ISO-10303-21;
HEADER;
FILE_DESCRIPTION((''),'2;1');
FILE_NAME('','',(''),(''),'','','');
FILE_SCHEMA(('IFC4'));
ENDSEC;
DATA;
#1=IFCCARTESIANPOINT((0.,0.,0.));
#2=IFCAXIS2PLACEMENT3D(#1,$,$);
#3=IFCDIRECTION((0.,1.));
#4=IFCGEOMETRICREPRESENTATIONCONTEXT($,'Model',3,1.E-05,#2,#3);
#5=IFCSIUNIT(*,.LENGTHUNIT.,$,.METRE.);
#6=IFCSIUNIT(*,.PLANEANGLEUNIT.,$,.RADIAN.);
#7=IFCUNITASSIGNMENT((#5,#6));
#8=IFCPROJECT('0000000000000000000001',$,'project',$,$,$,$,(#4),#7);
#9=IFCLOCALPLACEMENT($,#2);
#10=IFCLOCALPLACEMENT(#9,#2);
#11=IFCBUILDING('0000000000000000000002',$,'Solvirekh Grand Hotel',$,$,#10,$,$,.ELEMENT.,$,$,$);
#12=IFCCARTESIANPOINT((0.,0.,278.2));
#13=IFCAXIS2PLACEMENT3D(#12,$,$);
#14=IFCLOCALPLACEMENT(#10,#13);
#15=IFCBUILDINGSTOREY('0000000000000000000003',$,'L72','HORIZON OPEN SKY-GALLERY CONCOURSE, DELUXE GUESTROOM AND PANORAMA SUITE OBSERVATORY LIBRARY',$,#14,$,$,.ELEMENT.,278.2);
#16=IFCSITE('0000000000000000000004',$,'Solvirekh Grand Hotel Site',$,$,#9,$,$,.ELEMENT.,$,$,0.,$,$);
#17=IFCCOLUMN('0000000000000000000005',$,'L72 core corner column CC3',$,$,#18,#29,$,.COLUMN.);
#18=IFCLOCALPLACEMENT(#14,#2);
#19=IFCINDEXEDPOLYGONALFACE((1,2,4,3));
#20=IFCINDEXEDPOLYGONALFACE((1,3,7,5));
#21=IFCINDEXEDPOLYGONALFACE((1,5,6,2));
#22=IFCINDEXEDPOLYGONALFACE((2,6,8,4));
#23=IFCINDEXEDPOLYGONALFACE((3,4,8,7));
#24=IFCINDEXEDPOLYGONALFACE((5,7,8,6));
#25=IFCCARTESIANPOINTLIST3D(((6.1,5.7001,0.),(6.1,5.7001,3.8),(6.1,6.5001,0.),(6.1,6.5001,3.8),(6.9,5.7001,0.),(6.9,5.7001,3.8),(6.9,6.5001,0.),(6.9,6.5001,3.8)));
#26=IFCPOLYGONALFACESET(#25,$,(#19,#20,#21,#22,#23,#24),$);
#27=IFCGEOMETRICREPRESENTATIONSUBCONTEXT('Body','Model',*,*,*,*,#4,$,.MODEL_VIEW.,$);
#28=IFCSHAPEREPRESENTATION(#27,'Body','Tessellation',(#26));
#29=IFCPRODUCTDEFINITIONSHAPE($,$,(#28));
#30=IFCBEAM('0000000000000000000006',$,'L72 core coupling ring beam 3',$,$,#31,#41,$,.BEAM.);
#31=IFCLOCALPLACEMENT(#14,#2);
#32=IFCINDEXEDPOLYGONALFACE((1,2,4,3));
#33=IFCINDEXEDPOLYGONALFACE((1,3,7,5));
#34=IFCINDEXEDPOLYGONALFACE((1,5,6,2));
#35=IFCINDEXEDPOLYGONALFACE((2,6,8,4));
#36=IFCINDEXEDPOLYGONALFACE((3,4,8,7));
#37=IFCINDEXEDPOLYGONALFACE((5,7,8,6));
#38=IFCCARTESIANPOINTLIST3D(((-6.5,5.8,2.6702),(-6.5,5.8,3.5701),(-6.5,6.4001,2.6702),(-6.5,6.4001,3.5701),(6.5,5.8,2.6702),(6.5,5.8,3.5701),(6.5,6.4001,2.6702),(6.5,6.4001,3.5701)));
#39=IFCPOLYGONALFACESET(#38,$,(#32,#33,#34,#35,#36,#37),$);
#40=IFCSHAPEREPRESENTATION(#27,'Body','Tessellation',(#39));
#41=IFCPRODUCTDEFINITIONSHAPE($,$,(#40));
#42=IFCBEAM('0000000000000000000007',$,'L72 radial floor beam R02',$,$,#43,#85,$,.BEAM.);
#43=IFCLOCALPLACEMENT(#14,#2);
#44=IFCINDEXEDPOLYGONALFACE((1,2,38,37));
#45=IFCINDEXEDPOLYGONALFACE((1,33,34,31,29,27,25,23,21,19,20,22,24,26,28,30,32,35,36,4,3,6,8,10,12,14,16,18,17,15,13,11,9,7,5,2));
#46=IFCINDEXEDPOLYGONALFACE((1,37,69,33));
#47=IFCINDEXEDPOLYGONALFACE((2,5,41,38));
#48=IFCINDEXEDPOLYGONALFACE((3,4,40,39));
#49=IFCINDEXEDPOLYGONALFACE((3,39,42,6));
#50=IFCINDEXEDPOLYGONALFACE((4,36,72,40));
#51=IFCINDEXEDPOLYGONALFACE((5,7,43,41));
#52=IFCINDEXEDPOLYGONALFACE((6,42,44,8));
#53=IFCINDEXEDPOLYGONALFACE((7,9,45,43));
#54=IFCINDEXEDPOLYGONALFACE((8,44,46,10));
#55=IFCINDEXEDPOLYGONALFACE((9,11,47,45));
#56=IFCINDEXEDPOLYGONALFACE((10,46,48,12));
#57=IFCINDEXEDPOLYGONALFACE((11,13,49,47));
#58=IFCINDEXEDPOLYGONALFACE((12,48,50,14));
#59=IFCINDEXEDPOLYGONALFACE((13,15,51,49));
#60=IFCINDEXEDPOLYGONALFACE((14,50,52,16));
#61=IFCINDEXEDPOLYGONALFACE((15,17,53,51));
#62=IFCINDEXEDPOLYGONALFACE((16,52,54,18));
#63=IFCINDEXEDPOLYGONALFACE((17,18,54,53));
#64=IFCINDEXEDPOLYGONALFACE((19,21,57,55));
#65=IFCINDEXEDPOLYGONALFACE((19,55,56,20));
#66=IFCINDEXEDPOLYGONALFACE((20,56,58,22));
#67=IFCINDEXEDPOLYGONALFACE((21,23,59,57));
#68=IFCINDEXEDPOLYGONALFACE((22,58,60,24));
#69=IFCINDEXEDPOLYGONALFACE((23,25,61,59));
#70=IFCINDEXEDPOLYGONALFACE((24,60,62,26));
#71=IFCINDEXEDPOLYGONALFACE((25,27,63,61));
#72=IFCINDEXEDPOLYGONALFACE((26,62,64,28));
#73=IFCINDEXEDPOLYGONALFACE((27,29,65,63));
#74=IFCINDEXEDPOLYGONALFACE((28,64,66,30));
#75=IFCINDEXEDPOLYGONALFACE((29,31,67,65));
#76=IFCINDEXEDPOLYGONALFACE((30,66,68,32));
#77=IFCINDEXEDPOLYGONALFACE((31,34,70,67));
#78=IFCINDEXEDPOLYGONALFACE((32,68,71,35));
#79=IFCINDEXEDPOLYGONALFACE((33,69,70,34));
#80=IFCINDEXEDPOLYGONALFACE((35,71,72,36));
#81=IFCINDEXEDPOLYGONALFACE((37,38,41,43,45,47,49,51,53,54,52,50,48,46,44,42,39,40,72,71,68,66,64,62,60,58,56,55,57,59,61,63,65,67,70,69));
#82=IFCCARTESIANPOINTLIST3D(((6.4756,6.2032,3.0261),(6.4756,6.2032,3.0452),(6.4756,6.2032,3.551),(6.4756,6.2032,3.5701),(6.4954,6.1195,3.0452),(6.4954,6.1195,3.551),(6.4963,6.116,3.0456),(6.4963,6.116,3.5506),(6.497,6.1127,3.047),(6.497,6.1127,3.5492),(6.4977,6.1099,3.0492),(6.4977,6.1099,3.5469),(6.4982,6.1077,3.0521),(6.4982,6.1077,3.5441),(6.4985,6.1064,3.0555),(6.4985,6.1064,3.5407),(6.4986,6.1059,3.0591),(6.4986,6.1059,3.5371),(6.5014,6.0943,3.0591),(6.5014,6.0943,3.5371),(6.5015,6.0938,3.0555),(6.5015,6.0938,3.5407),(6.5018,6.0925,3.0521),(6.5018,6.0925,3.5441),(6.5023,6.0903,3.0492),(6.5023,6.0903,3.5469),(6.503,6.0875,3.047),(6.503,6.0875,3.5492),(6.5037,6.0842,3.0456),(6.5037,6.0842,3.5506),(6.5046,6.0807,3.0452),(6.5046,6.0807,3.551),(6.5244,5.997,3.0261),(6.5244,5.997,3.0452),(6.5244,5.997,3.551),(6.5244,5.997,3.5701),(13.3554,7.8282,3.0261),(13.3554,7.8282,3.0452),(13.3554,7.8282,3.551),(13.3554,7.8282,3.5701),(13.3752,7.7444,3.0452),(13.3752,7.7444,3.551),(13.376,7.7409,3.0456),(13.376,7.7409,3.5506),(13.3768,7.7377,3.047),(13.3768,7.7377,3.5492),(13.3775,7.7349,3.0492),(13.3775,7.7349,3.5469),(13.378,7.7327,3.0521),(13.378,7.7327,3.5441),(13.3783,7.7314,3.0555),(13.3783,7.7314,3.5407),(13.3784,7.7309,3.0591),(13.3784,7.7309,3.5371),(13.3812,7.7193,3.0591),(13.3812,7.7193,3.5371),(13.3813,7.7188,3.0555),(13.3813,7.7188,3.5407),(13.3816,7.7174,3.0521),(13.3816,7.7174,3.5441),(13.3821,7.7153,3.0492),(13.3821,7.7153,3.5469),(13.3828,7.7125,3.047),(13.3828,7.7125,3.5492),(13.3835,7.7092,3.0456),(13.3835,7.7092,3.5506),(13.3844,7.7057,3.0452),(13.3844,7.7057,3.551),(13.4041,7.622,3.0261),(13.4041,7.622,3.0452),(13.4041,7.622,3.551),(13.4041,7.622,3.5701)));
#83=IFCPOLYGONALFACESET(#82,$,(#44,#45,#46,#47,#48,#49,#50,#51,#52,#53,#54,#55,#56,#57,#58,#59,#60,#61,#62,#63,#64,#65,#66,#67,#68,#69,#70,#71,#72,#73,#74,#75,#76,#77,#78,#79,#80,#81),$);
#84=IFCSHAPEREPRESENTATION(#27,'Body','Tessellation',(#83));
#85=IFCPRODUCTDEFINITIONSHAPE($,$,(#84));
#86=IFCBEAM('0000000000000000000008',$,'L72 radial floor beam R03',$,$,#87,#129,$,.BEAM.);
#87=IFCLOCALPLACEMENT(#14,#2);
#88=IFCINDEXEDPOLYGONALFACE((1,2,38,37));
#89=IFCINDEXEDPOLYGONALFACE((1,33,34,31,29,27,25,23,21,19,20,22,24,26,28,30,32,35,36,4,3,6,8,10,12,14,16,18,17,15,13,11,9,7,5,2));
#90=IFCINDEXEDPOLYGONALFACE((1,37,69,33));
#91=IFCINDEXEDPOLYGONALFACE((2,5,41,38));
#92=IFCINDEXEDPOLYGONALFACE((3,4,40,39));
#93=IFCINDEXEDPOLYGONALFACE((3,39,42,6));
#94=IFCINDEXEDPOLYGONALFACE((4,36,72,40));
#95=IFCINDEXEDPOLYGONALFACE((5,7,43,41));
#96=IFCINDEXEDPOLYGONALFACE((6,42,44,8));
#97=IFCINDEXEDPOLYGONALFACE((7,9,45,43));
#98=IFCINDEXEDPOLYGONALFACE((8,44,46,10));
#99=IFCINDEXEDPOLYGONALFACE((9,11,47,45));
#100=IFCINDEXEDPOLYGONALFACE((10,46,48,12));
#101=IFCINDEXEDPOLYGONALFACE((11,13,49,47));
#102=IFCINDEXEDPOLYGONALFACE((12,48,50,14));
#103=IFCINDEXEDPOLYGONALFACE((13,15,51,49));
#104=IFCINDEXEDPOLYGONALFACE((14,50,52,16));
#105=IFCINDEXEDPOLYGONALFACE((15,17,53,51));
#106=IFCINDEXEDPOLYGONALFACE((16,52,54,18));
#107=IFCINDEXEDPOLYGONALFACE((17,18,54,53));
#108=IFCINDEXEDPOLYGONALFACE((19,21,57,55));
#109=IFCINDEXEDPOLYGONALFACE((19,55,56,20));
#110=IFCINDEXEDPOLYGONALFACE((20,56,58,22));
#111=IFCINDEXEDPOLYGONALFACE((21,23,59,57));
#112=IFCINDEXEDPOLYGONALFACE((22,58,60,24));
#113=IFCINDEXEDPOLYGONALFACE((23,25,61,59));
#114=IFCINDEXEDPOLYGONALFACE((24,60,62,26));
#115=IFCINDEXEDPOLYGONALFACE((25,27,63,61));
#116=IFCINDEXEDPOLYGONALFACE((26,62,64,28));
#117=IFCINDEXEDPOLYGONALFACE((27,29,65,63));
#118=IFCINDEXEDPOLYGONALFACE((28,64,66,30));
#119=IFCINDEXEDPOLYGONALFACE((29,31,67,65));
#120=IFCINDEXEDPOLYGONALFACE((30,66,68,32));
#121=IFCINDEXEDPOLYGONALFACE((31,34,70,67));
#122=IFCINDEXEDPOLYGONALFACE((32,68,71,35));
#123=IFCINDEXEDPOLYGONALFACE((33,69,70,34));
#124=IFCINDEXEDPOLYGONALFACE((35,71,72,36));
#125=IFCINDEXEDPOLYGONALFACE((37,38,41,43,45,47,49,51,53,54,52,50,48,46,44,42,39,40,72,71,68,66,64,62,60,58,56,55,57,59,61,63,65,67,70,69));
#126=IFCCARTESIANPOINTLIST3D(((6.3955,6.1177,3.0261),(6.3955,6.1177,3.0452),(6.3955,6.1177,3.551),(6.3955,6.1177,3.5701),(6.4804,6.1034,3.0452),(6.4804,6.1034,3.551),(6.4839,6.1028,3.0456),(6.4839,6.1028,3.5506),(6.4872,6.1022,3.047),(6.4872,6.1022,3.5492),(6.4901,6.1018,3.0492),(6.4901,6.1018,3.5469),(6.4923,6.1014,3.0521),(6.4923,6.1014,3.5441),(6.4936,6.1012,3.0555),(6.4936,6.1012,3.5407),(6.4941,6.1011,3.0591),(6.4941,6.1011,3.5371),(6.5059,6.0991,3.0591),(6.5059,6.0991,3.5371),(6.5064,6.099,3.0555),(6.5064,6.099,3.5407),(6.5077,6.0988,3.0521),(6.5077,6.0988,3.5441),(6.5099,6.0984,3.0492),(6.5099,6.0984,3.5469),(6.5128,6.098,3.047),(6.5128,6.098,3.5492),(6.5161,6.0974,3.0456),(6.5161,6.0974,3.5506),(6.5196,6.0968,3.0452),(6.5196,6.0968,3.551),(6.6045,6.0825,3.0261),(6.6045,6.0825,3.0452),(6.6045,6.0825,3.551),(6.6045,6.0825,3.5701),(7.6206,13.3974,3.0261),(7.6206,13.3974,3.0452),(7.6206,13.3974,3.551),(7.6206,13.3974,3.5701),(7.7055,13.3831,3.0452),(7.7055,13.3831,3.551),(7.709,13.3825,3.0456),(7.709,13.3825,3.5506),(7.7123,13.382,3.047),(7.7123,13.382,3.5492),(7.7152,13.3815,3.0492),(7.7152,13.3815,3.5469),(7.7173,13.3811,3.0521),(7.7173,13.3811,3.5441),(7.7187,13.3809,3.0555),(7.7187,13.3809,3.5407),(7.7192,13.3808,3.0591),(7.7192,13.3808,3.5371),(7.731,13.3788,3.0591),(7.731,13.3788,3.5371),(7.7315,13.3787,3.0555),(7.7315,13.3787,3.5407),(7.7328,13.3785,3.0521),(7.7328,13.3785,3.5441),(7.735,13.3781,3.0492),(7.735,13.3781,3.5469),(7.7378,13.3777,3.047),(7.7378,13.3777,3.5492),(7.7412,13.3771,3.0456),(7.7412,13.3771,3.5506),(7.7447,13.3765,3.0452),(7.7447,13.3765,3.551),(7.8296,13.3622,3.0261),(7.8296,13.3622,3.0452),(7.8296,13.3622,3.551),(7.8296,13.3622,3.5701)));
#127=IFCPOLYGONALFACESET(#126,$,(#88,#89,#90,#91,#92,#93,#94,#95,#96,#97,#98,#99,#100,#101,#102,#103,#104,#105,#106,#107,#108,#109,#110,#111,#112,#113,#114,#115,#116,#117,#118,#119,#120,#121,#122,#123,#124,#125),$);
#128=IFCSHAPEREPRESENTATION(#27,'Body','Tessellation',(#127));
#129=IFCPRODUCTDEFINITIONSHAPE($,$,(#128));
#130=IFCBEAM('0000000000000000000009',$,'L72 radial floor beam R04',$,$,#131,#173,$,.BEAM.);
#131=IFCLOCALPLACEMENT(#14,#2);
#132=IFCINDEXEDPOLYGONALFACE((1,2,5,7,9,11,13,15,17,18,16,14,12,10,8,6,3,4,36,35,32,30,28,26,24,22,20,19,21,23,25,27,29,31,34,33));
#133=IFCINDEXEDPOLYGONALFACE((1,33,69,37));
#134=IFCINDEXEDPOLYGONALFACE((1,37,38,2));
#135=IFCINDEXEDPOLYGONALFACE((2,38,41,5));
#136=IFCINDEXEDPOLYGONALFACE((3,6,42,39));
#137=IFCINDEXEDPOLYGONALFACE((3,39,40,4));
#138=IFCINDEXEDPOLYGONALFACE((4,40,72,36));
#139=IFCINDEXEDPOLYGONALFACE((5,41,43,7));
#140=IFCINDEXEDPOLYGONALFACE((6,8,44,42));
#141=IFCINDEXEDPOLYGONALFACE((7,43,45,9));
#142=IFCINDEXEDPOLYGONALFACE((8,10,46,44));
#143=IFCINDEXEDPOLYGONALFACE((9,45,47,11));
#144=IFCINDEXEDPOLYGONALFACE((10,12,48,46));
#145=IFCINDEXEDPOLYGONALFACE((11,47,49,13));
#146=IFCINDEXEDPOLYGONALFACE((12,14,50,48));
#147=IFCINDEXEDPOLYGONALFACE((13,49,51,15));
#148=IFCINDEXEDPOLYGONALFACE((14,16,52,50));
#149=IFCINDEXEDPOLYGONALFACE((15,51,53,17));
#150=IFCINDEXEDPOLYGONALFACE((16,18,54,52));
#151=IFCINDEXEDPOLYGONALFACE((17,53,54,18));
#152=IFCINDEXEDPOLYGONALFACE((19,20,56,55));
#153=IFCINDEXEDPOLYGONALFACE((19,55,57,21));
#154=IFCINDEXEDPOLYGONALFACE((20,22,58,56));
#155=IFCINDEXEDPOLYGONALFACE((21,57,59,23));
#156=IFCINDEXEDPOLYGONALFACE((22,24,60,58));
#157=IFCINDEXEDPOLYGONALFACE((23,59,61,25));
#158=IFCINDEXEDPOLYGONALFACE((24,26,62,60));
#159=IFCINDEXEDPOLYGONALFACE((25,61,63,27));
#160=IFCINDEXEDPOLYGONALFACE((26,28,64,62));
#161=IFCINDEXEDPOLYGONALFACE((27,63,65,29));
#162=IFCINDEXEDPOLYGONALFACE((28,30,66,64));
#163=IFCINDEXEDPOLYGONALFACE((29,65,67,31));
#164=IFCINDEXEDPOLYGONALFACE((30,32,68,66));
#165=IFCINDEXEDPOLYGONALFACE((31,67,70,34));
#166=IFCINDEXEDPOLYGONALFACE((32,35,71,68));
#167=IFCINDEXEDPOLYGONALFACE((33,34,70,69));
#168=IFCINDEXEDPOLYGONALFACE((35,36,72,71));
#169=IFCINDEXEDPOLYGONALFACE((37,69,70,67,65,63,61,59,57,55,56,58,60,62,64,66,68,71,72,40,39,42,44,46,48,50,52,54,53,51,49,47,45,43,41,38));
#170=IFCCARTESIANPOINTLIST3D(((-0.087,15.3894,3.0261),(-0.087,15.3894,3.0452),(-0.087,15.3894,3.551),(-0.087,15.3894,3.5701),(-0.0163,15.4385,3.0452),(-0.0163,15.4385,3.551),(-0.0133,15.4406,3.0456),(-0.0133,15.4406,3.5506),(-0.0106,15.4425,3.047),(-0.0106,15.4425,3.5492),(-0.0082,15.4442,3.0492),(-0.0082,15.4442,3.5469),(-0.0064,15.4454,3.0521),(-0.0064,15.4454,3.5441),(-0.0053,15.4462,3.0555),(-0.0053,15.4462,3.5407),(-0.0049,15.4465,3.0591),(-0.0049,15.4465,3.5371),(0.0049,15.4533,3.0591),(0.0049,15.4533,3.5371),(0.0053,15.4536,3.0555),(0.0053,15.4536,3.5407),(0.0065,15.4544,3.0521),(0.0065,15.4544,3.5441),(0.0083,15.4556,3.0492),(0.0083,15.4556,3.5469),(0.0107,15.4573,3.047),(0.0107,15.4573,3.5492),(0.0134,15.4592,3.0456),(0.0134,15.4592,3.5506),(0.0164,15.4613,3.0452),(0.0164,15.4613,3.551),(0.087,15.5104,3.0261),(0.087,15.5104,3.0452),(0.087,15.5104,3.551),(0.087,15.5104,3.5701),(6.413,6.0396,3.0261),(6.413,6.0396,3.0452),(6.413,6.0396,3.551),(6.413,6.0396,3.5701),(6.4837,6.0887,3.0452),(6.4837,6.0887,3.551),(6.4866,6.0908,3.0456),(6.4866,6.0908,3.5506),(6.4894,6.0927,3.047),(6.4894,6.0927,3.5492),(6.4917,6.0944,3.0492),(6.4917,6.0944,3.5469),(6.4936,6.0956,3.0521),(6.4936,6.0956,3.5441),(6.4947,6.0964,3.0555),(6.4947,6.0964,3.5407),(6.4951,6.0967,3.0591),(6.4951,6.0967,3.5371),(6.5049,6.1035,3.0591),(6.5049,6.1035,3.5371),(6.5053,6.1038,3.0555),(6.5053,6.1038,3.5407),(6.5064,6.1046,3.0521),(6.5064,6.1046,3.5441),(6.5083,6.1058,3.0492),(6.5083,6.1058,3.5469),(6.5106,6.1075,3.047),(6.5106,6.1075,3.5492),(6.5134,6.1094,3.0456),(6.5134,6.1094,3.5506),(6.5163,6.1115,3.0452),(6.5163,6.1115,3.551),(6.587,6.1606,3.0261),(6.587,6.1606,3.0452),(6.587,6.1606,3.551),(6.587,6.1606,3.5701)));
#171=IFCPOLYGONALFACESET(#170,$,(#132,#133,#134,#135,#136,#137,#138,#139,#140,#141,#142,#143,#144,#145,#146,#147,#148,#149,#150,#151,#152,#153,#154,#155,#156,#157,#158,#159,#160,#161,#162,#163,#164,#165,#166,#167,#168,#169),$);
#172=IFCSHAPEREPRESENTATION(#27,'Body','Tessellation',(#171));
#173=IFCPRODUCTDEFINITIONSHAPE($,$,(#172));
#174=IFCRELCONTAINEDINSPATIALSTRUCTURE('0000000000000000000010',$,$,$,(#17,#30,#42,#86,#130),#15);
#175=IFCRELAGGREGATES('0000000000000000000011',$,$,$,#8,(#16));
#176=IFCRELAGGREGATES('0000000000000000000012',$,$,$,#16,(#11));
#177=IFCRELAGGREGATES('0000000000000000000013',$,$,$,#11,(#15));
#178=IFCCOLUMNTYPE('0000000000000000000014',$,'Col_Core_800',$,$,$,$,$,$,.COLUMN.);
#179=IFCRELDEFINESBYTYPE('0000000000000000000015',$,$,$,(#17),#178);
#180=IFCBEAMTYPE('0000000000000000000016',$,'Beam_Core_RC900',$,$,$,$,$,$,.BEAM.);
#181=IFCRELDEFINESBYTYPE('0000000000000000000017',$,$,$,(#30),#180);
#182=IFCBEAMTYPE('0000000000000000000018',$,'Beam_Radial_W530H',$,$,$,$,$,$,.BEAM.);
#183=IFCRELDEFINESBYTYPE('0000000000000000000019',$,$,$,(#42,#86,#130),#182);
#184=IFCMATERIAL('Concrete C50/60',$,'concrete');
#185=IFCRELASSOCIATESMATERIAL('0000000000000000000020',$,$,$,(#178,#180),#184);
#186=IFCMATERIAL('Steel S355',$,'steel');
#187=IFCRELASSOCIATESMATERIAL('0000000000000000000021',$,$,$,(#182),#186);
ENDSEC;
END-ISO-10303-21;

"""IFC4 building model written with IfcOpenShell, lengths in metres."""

from ifc_helpers import new_model, si_unit, direction, frame, origin, origin_2d, place, context, subcontext, project, spatial, rectangle, i_section, extrude, material, material_profile, profile_set, type_object, element, save


model = new_model("IFC4")

# Units and contexts
model_context = context("Model", 3, precision=1e-05, world=origin(), true_north=direction((0.0, 1.0)))
body_context = subcontext(model_context, "Body", "Model", "MODEL_VIEW")
ifc_project = project(units=[si_unit("LENGTHUNIT", "METRE"), si_unit("PLANEANGLEUNIT", "RADIAN")], contexts=[model_context])

# Site, building, storey
site_placement = place(None, origin())
site = spatial("IfcSite", under=ifc_project, at=site_placement, Name="Solvirekh Grand Hotel Site", CompositionType="ELEMENT", RefElevation=0.0)
building_placement = place(site_placement, origin())
building = spatial("IfcBuilding", under=site, at=building_placement, Name="Solvirekh Grand Hotel", CompositionType="ELEMENT")
storey_placement = place(building_placement, frame((0.0, 0.0, 278.2)))
storey = spatial("IfcBuildingStorey", under=building, at=storey_placement, Name="L72", Description="HORIZON OPEN SKY-GALLERY CONCOURSE, DELUXE GUESTROOM AND PANORAMA SUITE OBSERVATORY LIBRARY", CompositionType="ELEMENT", Elevation=278.2)

# Column
ifc_material_1 = material(Name="Concrete C50/60", Category="concrete")
ifc_material_profile_1 = material_profile(ifc_material_1, rectangle(XDim=0.8, YDim=0.8, at=origin_2d()), Name="RC 800X800")
ifc_profile_set_1 = profile_set([ifc_material_profile_1], Name="Concrete C50/60")
column_type = type_object("IfcColumnType", Name="Col_Core_800", PredefinedType="COLUMN", material=ifc_profile_set_1)
column_placement = place(storey_placement, frame((6.5, 6.1001, 0.0), z_axis=(0.0, 0.0, 1.0), x_axis=(1.0, 0.0, 0.0)))
element("IfcColumn", 1, at=column_placement, inside=storey, type_object=column_type, Name="L72 core corner column CC3", PredefinedType="COLUMN", context=body_context, shape_type="SweptSolid", body=[
    extrude(rectangle(XDim=0.8, YDim=0.8, at=origin_2d()), origin(), (0.0, 0.0, 1.0), 3.8),
])

# Beams
ifc_material_profile_2 = material_profile(ifc_material_1, rectangle(XDim=0.6001, YDim=0.8999, at=origin_2d()), Name="RC BEAM 600X900")
ifc_profile_set_2 = profile_set([ifc_material_profile_2], Name="Concrete C50/60")
beam_type_1 = type_object("IfcBeamType", Name="Beam_Core_RC900", PredefinedType="BEAM", material=ifc_profile_set_2)
beam_1_placement = place(storey_placement, frame((6.5, 6.1001, 3.1201), z_axis=(-1.0, 0.0, 0.0), x_axis=(0.0, -1.0, 0.0)))
element("IfcBeam", 2, at=beam_1_placement, inside=storey, type_object=beam_type_1, Name="L72 core coupling ring beam 3", PredefinedType="BEAM", context=body_context, shape_type="SweptSolid", body=[
    extrude(rectangle(XDim=0.6001, YDim=0.8999, at=origin_2d()), origin(), (0.0, 0.0, 1.0), 13.0),
])
ifc_material_2 = material(Name="Steel S355", Category="steel")
ifc_material_profile_3 = material_profile(ifc_material_2, i_section(OverallWidth=0.2119, OverallDepth=0.5439, WebThickness=0.012, FlangeThickness=0.019, FilletRadius=0.0139, at=origin_2d()), Name="W530X123")
ifc_profile_set_3 = profile_set([ifc_material_profile_3], Name="Steel S355")
beam_type_2 = type_object("IfcBeamType", Name="Beam_Radial_W530H", PredefinedType="BEAM", material=ifc_profile_set_3)
beam_2_placement = place(storey_placement, frame((6.5, 6.1001, 3.2981), z_axis=(0.973221, 0.229871, 0.0), x_axis=(-0.229871, 0.973221, 0.0)))
element("IfcBeam", 3, at=beam_2_placement, inside=storey, type_object=beam_type_2, Name="L72 radial floor beam R02", PredefinedType="BEAM", context=body_context, shape_type="SweptSolid", body=[
    extrude(i_section(OverallWidth=0.2119, OverallDepth=0.5439, WebThickness=0.012, FlangeThickness=0.019, FilletRadius=0.0139, at=origin_2d()), origin(), (0.0, 0.0, 1.0), 7.0691),
])
beam_3_placement = place(storey_placement, frame((6.5, 6.1001, 3.2981), z_axis=(0.165954, 0.986133, 0.0), x_axis=(-0.986133, 0.165954, 0.0)))
element("IfcBeam", 4, at=beam_3_placement, inside=storey, type_object=beam_type_2, Name="L72 radial floor beam R03", PredefinedType="BEAM", context=body_context, shape_type="SweptSolid", body=[
    extrude(i_section(OverallWidth=0.2119, OverallDepth=0.5439, WebThickness=0.012, FlangeThickness=0.019, FilletRadius=0.0139, at=origin_2d()), origin(), (0.0, 0.0, 1.0), 7.3821),
])
beam_4_placement = place(storey_placement, frame((6.5, 6.1001, 3.2981), z_axis=(-0.570813, 0.82108, 0.0), x_axis=(-0.82108, -0.570813, 0.0)))
element("IfcBeam", 5, at=beam_4_placement, inside=storey, type_object=beam_type_2, Name="L72 radial floor beam R04", PredefinedType="BEAM", context=body_context, shape_type="SweptSolid", body=[
    extrude(i_section(OverallWidth=0.2119, OverallDepth=0.5439, WebThickness=0.012, FlangeThickness=0.019, FilletRadius=0.0139, at=origin_2d()), origin(), (0.0, 0.0, 1.0), 11.3872),
])

save(model, "model.ifc")
